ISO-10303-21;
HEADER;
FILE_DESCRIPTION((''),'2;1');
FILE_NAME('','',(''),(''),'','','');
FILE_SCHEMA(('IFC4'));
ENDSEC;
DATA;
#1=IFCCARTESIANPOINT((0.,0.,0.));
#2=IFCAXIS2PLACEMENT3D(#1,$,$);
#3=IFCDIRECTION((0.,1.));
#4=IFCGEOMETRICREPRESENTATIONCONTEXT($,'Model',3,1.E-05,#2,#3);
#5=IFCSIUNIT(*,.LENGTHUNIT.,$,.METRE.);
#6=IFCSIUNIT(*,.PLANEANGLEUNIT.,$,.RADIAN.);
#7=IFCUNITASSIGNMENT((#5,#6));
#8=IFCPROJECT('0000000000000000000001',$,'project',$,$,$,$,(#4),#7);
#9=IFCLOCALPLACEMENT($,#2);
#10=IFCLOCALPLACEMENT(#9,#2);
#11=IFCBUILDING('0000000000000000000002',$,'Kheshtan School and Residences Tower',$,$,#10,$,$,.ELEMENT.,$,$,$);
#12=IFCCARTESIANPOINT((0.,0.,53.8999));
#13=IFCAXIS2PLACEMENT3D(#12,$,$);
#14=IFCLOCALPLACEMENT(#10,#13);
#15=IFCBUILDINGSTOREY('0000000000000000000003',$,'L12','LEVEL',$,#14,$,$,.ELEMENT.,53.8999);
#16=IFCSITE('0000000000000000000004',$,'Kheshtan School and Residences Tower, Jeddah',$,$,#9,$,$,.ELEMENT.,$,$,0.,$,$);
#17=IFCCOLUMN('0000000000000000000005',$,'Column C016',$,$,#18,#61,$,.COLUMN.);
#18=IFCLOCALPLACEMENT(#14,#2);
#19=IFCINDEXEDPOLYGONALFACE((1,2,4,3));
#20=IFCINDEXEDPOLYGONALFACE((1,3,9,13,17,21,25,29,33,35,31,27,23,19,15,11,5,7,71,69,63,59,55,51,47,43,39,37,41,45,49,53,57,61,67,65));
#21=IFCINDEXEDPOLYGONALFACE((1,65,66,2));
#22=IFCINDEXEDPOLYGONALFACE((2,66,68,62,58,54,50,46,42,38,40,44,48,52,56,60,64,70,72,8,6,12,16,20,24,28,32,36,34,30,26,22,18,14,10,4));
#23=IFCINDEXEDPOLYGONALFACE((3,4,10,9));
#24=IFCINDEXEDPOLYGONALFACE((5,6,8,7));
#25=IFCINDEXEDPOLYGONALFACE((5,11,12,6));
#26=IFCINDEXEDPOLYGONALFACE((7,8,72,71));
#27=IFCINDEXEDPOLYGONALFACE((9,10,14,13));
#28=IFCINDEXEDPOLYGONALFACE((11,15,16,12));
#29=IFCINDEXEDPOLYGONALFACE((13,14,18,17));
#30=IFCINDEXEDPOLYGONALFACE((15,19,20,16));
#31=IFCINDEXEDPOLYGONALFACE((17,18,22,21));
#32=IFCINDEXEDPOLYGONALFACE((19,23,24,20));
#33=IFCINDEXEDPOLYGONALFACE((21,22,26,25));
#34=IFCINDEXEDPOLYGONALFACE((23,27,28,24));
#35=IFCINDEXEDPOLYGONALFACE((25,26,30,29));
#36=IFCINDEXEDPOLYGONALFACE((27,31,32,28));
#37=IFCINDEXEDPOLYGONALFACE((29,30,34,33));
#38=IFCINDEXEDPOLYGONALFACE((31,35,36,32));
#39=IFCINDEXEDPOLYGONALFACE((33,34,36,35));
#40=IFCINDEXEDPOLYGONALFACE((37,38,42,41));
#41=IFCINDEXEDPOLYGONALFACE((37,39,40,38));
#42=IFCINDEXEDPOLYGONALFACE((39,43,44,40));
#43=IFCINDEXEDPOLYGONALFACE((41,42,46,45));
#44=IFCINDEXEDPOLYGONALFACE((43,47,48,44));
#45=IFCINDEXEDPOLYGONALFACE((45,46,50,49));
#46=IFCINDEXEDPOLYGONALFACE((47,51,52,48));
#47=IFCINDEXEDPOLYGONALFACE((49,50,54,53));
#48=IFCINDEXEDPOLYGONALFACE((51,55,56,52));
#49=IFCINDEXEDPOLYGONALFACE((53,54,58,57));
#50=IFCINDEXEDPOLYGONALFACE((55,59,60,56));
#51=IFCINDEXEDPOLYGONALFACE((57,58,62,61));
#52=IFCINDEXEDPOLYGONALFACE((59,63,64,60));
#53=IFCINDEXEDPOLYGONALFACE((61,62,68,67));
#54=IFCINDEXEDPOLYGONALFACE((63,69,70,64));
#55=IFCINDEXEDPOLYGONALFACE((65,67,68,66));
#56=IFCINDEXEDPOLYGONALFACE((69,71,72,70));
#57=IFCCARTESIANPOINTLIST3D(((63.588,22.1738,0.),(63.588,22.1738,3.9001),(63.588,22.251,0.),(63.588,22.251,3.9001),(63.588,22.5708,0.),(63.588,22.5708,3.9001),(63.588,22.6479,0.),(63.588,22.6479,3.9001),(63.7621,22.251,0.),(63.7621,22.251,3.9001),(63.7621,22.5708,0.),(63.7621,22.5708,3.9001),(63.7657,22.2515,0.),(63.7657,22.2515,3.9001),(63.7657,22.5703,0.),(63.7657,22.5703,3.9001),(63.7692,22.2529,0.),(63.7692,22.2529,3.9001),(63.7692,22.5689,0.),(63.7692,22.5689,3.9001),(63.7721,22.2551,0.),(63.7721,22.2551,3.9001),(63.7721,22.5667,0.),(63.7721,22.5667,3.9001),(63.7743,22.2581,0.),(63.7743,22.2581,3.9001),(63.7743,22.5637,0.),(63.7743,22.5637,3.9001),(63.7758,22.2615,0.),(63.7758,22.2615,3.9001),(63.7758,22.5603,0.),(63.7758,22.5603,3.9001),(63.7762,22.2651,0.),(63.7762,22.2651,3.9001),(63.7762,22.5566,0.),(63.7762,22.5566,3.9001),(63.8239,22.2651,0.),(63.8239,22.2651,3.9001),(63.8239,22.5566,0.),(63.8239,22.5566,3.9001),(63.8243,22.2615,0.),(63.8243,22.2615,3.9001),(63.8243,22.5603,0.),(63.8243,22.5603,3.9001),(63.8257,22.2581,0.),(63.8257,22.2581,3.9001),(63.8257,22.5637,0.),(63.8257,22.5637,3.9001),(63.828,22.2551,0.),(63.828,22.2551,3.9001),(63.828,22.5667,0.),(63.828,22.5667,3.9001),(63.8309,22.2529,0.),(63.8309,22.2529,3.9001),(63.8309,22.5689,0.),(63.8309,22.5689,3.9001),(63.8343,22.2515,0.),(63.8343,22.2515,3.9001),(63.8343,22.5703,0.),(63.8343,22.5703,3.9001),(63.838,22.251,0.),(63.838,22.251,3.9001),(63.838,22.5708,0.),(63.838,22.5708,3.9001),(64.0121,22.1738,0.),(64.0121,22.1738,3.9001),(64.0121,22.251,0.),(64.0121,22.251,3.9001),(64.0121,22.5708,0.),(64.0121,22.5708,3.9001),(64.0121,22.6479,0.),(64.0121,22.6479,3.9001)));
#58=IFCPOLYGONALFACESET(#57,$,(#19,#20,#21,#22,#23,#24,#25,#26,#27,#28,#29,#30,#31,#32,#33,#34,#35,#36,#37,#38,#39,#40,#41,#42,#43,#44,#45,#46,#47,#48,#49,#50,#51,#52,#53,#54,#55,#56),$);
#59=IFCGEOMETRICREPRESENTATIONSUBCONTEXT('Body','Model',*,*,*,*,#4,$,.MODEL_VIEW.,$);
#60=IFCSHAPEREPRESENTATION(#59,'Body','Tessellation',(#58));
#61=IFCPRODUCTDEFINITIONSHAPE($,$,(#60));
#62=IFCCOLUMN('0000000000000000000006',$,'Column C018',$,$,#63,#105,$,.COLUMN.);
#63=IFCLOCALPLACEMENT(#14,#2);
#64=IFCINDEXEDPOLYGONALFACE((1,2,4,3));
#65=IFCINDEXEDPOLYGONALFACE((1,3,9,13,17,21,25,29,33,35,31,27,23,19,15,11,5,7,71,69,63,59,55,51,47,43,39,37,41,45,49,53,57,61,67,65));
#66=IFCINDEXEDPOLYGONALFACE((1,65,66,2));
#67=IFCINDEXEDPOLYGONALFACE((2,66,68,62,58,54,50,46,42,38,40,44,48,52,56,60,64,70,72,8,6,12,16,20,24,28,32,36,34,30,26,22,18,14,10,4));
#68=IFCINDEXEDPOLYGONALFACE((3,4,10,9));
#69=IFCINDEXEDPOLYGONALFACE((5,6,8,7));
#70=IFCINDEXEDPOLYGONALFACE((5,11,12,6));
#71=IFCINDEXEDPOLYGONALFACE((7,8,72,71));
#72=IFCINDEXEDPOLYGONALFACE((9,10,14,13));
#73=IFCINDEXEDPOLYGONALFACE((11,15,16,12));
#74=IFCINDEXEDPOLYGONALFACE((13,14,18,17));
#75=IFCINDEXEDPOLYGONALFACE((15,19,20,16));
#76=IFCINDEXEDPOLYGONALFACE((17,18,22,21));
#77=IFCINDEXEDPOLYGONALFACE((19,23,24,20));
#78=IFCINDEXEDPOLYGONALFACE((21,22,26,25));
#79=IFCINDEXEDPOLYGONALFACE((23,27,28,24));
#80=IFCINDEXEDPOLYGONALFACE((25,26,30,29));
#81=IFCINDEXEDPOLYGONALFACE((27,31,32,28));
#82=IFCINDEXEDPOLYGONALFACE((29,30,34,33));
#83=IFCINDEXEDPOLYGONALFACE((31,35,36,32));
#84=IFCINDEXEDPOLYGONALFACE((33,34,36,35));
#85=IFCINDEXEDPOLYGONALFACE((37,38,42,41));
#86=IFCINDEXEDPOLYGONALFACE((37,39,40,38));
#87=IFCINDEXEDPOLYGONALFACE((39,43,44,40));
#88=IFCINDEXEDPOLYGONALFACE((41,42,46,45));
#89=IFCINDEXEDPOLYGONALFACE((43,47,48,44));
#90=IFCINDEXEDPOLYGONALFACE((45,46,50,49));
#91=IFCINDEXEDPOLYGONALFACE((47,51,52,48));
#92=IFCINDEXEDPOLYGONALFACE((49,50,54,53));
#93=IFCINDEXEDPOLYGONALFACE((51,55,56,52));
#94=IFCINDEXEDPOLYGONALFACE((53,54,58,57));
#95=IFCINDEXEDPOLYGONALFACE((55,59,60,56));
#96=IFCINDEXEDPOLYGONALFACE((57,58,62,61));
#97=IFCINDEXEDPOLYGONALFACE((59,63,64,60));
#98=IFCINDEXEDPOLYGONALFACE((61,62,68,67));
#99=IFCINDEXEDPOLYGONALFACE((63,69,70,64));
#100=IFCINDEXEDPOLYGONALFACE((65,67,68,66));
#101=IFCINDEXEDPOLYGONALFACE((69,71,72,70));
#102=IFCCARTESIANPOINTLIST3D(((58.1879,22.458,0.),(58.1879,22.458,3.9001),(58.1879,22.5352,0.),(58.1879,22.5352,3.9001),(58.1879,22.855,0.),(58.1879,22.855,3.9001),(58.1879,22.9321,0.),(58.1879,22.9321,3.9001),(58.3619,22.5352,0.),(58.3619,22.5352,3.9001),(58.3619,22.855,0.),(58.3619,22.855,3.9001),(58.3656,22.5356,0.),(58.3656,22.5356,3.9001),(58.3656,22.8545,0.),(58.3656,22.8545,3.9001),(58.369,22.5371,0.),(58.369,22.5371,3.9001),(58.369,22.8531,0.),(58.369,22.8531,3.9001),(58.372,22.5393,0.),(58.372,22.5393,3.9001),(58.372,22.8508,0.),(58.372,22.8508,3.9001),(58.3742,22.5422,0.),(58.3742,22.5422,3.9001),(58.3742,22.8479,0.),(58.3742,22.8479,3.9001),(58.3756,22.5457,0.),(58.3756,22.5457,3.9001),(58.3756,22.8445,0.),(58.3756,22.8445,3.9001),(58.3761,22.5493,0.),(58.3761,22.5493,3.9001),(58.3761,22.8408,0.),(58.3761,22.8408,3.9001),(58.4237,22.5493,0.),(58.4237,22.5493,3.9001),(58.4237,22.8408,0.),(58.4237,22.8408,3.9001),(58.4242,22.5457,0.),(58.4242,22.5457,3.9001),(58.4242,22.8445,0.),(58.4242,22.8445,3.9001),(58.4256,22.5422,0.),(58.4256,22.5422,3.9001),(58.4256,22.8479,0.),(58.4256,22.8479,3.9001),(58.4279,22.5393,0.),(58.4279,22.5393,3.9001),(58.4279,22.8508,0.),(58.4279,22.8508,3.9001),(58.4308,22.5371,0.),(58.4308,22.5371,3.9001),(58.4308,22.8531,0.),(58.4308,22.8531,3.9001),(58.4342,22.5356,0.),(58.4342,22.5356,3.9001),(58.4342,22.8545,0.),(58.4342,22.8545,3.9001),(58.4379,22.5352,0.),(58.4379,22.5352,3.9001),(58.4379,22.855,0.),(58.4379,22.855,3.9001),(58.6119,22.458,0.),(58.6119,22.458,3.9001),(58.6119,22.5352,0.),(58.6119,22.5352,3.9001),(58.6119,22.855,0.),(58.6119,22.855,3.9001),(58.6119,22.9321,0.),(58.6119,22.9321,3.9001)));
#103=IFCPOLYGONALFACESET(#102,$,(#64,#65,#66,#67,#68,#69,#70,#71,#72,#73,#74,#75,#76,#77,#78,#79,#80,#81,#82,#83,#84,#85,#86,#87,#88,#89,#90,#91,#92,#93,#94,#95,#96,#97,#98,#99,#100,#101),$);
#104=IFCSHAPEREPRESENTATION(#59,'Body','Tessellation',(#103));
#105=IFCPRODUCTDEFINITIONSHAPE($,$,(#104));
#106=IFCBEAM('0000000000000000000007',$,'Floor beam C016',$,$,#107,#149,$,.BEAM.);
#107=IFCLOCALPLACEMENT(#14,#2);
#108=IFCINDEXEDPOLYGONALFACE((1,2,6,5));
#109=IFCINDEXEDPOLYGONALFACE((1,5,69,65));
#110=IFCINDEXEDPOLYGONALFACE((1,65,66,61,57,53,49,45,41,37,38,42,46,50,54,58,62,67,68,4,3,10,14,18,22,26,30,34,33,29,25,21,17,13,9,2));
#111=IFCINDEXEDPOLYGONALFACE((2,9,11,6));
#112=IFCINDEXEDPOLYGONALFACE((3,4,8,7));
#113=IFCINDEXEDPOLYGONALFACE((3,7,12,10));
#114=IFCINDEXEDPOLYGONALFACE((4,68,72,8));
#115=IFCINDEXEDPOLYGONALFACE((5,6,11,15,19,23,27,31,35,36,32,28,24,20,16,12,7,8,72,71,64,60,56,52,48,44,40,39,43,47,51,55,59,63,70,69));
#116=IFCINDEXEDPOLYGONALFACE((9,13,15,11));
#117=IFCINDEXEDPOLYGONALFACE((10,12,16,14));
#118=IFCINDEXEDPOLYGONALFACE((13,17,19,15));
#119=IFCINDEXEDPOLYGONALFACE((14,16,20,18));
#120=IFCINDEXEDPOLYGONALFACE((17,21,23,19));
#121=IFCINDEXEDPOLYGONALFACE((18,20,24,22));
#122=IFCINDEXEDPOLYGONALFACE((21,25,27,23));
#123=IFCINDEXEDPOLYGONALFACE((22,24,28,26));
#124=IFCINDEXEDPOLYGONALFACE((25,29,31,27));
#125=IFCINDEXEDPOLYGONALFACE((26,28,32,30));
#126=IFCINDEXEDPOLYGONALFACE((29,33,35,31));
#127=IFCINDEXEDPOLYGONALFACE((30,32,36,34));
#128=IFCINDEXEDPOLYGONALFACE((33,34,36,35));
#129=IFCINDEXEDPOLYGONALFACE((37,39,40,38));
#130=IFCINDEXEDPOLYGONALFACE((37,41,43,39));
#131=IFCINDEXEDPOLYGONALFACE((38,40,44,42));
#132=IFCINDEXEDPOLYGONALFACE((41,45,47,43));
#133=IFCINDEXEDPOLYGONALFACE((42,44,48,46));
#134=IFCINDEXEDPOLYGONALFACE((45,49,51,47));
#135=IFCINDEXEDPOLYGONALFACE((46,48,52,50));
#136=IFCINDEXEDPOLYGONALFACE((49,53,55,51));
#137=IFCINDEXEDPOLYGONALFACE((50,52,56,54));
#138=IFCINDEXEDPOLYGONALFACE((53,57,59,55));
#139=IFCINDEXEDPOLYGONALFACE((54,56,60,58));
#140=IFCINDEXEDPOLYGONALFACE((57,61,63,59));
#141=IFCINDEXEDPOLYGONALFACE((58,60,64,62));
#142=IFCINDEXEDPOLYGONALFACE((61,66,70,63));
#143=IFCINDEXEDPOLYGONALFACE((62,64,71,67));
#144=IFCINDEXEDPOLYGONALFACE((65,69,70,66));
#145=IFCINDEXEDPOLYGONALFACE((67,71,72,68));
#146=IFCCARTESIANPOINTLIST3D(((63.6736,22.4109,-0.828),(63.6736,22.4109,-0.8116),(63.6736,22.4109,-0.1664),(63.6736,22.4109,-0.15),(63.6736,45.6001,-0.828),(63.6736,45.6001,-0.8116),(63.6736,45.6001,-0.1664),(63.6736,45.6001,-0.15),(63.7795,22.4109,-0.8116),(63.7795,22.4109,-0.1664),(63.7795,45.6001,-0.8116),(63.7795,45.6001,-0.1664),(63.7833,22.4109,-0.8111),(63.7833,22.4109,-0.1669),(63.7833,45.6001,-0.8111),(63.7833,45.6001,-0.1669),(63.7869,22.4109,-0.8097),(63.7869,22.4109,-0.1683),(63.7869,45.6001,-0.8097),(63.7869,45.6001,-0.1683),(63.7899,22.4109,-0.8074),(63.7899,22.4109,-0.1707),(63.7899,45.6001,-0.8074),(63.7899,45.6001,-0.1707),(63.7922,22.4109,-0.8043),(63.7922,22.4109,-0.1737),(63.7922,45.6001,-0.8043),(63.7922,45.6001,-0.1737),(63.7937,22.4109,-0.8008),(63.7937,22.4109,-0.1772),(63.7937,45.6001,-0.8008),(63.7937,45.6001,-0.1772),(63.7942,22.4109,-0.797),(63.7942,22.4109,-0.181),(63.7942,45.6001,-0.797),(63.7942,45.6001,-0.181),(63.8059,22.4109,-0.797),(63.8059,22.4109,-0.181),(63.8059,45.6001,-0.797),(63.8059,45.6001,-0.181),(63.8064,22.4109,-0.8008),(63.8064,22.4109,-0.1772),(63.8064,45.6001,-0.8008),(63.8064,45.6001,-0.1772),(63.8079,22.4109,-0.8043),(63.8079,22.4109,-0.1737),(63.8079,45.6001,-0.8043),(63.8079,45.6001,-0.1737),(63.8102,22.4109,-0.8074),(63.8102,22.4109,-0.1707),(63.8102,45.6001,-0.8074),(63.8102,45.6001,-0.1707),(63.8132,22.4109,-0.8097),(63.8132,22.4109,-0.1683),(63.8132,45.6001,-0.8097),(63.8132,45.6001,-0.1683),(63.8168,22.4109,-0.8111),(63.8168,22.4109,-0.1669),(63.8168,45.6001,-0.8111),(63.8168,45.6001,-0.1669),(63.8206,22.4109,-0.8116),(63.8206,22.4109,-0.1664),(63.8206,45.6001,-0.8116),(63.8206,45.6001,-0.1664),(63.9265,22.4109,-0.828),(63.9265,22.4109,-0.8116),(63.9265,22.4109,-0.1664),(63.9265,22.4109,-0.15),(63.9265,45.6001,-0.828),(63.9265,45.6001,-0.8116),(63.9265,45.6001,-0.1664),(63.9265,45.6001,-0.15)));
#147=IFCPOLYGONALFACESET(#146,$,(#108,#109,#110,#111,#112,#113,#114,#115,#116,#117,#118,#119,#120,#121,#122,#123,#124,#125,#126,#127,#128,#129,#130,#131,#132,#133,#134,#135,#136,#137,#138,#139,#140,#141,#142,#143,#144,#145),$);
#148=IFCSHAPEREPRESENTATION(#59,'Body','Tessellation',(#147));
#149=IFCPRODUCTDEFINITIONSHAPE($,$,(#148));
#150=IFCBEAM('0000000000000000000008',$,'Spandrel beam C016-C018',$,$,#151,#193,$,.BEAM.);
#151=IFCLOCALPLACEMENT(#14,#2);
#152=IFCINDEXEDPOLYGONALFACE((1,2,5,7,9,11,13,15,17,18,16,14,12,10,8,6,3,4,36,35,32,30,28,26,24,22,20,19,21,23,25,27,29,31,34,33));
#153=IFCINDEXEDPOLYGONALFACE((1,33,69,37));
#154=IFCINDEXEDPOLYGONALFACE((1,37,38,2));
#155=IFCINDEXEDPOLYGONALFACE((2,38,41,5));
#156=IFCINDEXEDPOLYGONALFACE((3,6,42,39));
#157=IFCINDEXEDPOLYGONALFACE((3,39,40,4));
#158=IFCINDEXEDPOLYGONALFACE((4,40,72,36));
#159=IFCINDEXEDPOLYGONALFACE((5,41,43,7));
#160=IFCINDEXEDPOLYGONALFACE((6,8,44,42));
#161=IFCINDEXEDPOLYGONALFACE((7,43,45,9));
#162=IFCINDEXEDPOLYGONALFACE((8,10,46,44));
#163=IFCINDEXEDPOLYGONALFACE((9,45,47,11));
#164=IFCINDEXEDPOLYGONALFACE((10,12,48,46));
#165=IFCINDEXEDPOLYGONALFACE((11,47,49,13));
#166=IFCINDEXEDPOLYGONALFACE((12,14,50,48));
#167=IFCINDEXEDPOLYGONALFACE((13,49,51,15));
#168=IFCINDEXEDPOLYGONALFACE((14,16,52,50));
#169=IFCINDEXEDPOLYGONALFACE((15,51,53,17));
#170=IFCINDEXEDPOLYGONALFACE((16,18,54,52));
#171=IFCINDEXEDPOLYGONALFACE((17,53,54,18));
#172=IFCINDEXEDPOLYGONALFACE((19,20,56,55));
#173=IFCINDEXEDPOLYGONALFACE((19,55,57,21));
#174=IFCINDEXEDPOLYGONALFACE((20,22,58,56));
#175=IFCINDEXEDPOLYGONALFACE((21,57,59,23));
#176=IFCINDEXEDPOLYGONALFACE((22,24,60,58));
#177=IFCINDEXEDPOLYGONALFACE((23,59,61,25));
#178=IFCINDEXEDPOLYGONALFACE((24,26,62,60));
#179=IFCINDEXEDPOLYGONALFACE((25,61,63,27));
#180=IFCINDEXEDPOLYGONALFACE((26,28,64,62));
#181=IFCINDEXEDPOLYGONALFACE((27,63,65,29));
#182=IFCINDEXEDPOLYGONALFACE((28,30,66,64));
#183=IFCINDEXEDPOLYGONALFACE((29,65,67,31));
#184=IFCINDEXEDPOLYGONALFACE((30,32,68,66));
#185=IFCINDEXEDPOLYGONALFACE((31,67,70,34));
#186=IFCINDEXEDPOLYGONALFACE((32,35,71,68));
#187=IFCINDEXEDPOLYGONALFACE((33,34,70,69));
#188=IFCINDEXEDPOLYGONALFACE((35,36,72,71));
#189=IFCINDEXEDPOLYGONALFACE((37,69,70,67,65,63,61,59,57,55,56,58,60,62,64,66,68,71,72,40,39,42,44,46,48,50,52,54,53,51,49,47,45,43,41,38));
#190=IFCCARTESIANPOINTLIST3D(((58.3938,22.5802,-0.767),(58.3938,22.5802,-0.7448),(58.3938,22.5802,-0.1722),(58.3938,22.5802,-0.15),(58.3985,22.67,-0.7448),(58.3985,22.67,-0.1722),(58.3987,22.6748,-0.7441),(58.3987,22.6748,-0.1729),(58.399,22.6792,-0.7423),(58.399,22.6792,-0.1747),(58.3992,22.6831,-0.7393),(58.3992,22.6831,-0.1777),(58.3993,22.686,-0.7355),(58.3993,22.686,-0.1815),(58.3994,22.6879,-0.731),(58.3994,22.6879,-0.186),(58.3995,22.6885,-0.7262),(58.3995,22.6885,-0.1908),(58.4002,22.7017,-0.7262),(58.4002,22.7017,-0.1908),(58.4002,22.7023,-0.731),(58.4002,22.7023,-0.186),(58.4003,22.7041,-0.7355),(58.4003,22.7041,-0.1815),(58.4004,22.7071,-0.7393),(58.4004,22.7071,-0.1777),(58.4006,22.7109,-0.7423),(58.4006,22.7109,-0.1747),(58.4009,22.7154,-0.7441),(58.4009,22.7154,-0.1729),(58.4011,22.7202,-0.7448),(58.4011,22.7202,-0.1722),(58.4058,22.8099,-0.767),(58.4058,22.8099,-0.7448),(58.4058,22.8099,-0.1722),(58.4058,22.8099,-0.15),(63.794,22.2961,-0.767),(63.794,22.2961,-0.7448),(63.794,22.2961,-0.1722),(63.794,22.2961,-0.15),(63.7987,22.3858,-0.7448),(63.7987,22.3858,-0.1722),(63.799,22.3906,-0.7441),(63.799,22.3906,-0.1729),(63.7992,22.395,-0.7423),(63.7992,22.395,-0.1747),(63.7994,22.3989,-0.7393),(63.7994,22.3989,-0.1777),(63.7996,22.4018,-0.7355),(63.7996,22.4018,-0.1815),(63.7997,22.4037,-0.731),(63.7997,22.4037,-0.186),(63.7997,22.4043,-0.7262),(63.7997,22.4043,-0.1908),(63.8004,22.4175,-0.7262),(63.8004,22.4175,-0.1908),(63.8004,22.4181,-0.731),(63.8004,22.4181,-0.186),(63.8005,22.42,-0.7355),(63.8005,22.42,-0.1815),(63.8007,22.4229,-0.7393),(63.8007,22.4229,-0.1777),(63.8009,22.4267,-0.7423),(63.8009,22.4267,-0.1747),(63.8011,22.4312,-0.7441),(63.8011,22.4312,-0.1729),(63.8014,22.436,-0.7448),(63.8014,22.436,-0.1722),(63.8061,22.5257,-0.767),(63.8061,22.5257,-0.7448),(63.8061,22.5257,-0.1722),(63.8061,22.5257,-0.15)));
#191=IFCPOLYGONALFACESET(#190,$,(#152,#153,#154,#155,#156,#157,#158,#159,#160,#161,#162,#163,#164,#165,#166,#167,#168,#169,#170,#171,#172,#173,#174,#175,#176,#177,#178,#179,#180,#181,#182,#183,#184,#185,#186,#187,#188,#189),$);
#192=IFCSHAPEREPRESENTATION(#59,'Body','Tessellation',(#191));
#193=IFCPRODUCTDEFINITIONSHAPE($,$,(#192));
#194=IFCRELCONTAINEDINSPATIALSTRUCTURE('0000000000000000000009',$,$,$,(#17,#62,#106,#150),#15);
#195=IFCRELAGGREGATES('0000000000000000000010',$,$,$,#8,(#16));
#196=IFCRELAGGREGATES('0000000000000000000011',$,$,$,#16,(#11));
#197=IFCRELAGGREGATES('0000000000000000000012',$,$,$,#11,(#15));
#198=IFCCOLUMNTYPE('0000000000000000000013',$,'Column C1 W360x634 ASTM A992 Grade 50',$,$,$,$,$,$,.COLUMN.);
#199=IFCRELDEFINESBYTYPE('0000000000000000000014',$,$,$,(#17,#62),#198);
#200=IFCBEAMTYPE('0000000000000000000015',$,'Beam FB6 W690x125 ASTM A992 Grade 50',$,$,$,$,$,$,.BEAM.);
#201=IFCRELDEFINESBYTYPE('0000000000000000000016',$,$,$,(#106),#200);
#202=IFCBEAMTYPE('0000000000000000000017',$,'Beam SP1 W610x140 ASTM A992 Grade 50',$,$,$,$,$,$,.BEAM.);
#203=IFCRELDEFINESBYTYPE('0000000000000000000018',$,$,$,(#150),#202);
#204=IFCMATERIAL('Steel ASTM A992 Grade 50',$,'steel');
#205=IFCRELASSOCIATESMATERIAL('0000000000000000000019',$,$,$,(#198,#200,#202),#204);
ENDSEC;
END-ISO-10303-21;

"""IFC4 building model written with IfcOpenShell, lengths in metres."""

from ifc_helpers import new_model, si_unit, direction, frame, origin, origin_2d, place, context, subcontext, project, spatial, i_section, extrude, material, material_profile, profile_set, type_object, element, save


model = new_model("IFC4")

# Units and contexts
model_context = context("Model", 3, precision=1e-05, world=origin(), true_north=direction((0.0, 1.0)))
body_context = subcontext(model_context, "Body", "Model", "MODEL_VIEW")
ifc_project = project(units=[si_unit("LENGTHUNIT", "METRE"), si_unit("PLANEANGLEUNIT", "RADIAN")], contexts=[model_context])

# Site, building, storey
site_placement = place(None, origin())
site = spatial("IfcSite", under=ifc_project, at=site_placement, Name="Kheshtan School and Residences Tower, Jeddah", CompositionType="ELEMENT", RefElevation=0.0)
building_placement = place(site_placement, origin())
building = spatial("IfcBuilding", under=site, at=building_placement, Name="Kheshtan School and Residences Tower", CompositionType="ELEMENT")
storey_placement = place(building_placement, frame((0.0, 0.0, 53.8999)))
storey = spatial("IfcBuildingStorey", under=building, at=storey_placement, Name="L12", Description="LEVEL", CompositionType="ELEMENT", Elevation=53.8999)

# Columns
ifc_material_1 = material(Name="Steel ASTM A992 Grade 50", Category="steel")
ifc_material_profile_1 = material_profile(ifc_material_1, i_section(OverallWidth=0.4241, OverallDepth=0.4741, WebThickness=0.0476, FlangeThickness=0.0771, FilletRadius=0.0142, at=origin_2d()), Name="W360x634")
ifc_profile_set_1 = profile_set([ifc_material_profile_1], Name="Steel ASTM A992 Grade 50")
column_type = type_object("IfcColumnType", Name="Column C1 W360x634 ASTM A992 Grade 50", PredefinedType="COLUMN", material=ifc_profile_set_1)
for number, where, z_axis, x_axis, name in (
    (1, (63.8, 22.4109, 0.0), (0.0, 0.0, 1.0), (1.0, 0.0, 0.0), "Column C016"),
    (2, (58.3999, 22.6951, 0.0), (0.0, 0.0, 1.0), (1.0, 0.0, 0.0), "Column C018"),
):
    element("IfcColumn", number, at=place(storey_placement, frame(where, z_axis=z_axis, x_axis=x_axis)), inside=storey, type_object=column_type, Name=name, PredefinedType="COLUMN", context=body_context, shape_type="SweptSolid", body=[
        extrude(i_section(OverallWidth=0.4241, OverallDepth=0.4741, WebThickness=0.0476, FlangeThickness=0.0771, FilletRadius=0.0142, at=origin_2d()), origin(), (0.0, 0.0, 1.0), 3.9001),
    ])

# Beams
ifc_material_profile_2 = material_profile(ifc_material_1, i_section(OverallWidth=0.2529, OverallDepth=0.678, WebThickness=0.0117, FlangeThickness=0.0164, FilletRadius=0.0146, at=origin_2d()), Name="W690x125")
ifc_profile_set_2 = profile_set([ifc_material_profile_2], Name="Steel ASTM A992 Grade 50")
beam_type_1 = type_object("IfcBeamType", Name="Beam FB6 W690x125 ASTM A992 Grade 50", PredefinedType="BEAM", material=ifc_profile_set_2)
beam_1_placement = place(storey_placement, frame((63.8, 22.4109, -0.489), z_axis=(0.0, 1.0, 0.0), x_axis=(-1.0, 0.0, 0.0)))
element("IfcBeam", 3, at=beam_1_placement, inside=storey, type_object=beam_type_1, Name="Floor beam C016", PredefinedType="BEAM", context=body_context, shape_type="SweptSolid", body=[
    extrude(i_section(OverallWidth=0.2529, OverallDepth=0.678, WebThickness=0.0117, FlangeThickness=0.0164, FilletRadius=0.0146, at=origin_2d()), origin(), (0.0, 0.0, 1.0), 23.1892),
])
ifc_material_profile_3 = material_profile(ifc_material_1, i_section(OverallWidth=0.23, OverallDepth=0.6169, WebThickness=0.0132, FlangeThickness=0.0222, FilletRadius=0.0186, at=origin_2d()), Name="W610x140")
ifc_profile_set_3 = profile_set([ifc_material_profile_3], Name="Steel ASTM A992 Grade 50")
beam_type_2 = type_object("IfcBeamType", Name="Beam SP1 W610x140 ASTM A992 Grade 50", PredefinedType="BEAM", material=ifc_profile_set_3)
beam_2_placement = place(storey_placement, frame((63.8, 22.4109, -0.4585), z_axis=(-0.998618, 0.052552, 0.0), x_axis=(-0.052552, -0.998618, 0.0)))
element("IfcBeam", 4, at=beam_2_placement, inside=storey, type_object=beam_type_2, Name="Spandrel beam C016-C018", PredefinedType="BEAM", context=body_context, shape_type="SweptSolid", body=[
    extrude(i_section(OverallWidth=0.23, OverallDepth=0.6169, WebThickness=0.0132, FlangeThickness=0.0222, FilletRadius=0.0186, at=origin_2d()), origin(), (0.0, 0.0, 1.0), 5.4077),
])

save(model, "model.ifc")
